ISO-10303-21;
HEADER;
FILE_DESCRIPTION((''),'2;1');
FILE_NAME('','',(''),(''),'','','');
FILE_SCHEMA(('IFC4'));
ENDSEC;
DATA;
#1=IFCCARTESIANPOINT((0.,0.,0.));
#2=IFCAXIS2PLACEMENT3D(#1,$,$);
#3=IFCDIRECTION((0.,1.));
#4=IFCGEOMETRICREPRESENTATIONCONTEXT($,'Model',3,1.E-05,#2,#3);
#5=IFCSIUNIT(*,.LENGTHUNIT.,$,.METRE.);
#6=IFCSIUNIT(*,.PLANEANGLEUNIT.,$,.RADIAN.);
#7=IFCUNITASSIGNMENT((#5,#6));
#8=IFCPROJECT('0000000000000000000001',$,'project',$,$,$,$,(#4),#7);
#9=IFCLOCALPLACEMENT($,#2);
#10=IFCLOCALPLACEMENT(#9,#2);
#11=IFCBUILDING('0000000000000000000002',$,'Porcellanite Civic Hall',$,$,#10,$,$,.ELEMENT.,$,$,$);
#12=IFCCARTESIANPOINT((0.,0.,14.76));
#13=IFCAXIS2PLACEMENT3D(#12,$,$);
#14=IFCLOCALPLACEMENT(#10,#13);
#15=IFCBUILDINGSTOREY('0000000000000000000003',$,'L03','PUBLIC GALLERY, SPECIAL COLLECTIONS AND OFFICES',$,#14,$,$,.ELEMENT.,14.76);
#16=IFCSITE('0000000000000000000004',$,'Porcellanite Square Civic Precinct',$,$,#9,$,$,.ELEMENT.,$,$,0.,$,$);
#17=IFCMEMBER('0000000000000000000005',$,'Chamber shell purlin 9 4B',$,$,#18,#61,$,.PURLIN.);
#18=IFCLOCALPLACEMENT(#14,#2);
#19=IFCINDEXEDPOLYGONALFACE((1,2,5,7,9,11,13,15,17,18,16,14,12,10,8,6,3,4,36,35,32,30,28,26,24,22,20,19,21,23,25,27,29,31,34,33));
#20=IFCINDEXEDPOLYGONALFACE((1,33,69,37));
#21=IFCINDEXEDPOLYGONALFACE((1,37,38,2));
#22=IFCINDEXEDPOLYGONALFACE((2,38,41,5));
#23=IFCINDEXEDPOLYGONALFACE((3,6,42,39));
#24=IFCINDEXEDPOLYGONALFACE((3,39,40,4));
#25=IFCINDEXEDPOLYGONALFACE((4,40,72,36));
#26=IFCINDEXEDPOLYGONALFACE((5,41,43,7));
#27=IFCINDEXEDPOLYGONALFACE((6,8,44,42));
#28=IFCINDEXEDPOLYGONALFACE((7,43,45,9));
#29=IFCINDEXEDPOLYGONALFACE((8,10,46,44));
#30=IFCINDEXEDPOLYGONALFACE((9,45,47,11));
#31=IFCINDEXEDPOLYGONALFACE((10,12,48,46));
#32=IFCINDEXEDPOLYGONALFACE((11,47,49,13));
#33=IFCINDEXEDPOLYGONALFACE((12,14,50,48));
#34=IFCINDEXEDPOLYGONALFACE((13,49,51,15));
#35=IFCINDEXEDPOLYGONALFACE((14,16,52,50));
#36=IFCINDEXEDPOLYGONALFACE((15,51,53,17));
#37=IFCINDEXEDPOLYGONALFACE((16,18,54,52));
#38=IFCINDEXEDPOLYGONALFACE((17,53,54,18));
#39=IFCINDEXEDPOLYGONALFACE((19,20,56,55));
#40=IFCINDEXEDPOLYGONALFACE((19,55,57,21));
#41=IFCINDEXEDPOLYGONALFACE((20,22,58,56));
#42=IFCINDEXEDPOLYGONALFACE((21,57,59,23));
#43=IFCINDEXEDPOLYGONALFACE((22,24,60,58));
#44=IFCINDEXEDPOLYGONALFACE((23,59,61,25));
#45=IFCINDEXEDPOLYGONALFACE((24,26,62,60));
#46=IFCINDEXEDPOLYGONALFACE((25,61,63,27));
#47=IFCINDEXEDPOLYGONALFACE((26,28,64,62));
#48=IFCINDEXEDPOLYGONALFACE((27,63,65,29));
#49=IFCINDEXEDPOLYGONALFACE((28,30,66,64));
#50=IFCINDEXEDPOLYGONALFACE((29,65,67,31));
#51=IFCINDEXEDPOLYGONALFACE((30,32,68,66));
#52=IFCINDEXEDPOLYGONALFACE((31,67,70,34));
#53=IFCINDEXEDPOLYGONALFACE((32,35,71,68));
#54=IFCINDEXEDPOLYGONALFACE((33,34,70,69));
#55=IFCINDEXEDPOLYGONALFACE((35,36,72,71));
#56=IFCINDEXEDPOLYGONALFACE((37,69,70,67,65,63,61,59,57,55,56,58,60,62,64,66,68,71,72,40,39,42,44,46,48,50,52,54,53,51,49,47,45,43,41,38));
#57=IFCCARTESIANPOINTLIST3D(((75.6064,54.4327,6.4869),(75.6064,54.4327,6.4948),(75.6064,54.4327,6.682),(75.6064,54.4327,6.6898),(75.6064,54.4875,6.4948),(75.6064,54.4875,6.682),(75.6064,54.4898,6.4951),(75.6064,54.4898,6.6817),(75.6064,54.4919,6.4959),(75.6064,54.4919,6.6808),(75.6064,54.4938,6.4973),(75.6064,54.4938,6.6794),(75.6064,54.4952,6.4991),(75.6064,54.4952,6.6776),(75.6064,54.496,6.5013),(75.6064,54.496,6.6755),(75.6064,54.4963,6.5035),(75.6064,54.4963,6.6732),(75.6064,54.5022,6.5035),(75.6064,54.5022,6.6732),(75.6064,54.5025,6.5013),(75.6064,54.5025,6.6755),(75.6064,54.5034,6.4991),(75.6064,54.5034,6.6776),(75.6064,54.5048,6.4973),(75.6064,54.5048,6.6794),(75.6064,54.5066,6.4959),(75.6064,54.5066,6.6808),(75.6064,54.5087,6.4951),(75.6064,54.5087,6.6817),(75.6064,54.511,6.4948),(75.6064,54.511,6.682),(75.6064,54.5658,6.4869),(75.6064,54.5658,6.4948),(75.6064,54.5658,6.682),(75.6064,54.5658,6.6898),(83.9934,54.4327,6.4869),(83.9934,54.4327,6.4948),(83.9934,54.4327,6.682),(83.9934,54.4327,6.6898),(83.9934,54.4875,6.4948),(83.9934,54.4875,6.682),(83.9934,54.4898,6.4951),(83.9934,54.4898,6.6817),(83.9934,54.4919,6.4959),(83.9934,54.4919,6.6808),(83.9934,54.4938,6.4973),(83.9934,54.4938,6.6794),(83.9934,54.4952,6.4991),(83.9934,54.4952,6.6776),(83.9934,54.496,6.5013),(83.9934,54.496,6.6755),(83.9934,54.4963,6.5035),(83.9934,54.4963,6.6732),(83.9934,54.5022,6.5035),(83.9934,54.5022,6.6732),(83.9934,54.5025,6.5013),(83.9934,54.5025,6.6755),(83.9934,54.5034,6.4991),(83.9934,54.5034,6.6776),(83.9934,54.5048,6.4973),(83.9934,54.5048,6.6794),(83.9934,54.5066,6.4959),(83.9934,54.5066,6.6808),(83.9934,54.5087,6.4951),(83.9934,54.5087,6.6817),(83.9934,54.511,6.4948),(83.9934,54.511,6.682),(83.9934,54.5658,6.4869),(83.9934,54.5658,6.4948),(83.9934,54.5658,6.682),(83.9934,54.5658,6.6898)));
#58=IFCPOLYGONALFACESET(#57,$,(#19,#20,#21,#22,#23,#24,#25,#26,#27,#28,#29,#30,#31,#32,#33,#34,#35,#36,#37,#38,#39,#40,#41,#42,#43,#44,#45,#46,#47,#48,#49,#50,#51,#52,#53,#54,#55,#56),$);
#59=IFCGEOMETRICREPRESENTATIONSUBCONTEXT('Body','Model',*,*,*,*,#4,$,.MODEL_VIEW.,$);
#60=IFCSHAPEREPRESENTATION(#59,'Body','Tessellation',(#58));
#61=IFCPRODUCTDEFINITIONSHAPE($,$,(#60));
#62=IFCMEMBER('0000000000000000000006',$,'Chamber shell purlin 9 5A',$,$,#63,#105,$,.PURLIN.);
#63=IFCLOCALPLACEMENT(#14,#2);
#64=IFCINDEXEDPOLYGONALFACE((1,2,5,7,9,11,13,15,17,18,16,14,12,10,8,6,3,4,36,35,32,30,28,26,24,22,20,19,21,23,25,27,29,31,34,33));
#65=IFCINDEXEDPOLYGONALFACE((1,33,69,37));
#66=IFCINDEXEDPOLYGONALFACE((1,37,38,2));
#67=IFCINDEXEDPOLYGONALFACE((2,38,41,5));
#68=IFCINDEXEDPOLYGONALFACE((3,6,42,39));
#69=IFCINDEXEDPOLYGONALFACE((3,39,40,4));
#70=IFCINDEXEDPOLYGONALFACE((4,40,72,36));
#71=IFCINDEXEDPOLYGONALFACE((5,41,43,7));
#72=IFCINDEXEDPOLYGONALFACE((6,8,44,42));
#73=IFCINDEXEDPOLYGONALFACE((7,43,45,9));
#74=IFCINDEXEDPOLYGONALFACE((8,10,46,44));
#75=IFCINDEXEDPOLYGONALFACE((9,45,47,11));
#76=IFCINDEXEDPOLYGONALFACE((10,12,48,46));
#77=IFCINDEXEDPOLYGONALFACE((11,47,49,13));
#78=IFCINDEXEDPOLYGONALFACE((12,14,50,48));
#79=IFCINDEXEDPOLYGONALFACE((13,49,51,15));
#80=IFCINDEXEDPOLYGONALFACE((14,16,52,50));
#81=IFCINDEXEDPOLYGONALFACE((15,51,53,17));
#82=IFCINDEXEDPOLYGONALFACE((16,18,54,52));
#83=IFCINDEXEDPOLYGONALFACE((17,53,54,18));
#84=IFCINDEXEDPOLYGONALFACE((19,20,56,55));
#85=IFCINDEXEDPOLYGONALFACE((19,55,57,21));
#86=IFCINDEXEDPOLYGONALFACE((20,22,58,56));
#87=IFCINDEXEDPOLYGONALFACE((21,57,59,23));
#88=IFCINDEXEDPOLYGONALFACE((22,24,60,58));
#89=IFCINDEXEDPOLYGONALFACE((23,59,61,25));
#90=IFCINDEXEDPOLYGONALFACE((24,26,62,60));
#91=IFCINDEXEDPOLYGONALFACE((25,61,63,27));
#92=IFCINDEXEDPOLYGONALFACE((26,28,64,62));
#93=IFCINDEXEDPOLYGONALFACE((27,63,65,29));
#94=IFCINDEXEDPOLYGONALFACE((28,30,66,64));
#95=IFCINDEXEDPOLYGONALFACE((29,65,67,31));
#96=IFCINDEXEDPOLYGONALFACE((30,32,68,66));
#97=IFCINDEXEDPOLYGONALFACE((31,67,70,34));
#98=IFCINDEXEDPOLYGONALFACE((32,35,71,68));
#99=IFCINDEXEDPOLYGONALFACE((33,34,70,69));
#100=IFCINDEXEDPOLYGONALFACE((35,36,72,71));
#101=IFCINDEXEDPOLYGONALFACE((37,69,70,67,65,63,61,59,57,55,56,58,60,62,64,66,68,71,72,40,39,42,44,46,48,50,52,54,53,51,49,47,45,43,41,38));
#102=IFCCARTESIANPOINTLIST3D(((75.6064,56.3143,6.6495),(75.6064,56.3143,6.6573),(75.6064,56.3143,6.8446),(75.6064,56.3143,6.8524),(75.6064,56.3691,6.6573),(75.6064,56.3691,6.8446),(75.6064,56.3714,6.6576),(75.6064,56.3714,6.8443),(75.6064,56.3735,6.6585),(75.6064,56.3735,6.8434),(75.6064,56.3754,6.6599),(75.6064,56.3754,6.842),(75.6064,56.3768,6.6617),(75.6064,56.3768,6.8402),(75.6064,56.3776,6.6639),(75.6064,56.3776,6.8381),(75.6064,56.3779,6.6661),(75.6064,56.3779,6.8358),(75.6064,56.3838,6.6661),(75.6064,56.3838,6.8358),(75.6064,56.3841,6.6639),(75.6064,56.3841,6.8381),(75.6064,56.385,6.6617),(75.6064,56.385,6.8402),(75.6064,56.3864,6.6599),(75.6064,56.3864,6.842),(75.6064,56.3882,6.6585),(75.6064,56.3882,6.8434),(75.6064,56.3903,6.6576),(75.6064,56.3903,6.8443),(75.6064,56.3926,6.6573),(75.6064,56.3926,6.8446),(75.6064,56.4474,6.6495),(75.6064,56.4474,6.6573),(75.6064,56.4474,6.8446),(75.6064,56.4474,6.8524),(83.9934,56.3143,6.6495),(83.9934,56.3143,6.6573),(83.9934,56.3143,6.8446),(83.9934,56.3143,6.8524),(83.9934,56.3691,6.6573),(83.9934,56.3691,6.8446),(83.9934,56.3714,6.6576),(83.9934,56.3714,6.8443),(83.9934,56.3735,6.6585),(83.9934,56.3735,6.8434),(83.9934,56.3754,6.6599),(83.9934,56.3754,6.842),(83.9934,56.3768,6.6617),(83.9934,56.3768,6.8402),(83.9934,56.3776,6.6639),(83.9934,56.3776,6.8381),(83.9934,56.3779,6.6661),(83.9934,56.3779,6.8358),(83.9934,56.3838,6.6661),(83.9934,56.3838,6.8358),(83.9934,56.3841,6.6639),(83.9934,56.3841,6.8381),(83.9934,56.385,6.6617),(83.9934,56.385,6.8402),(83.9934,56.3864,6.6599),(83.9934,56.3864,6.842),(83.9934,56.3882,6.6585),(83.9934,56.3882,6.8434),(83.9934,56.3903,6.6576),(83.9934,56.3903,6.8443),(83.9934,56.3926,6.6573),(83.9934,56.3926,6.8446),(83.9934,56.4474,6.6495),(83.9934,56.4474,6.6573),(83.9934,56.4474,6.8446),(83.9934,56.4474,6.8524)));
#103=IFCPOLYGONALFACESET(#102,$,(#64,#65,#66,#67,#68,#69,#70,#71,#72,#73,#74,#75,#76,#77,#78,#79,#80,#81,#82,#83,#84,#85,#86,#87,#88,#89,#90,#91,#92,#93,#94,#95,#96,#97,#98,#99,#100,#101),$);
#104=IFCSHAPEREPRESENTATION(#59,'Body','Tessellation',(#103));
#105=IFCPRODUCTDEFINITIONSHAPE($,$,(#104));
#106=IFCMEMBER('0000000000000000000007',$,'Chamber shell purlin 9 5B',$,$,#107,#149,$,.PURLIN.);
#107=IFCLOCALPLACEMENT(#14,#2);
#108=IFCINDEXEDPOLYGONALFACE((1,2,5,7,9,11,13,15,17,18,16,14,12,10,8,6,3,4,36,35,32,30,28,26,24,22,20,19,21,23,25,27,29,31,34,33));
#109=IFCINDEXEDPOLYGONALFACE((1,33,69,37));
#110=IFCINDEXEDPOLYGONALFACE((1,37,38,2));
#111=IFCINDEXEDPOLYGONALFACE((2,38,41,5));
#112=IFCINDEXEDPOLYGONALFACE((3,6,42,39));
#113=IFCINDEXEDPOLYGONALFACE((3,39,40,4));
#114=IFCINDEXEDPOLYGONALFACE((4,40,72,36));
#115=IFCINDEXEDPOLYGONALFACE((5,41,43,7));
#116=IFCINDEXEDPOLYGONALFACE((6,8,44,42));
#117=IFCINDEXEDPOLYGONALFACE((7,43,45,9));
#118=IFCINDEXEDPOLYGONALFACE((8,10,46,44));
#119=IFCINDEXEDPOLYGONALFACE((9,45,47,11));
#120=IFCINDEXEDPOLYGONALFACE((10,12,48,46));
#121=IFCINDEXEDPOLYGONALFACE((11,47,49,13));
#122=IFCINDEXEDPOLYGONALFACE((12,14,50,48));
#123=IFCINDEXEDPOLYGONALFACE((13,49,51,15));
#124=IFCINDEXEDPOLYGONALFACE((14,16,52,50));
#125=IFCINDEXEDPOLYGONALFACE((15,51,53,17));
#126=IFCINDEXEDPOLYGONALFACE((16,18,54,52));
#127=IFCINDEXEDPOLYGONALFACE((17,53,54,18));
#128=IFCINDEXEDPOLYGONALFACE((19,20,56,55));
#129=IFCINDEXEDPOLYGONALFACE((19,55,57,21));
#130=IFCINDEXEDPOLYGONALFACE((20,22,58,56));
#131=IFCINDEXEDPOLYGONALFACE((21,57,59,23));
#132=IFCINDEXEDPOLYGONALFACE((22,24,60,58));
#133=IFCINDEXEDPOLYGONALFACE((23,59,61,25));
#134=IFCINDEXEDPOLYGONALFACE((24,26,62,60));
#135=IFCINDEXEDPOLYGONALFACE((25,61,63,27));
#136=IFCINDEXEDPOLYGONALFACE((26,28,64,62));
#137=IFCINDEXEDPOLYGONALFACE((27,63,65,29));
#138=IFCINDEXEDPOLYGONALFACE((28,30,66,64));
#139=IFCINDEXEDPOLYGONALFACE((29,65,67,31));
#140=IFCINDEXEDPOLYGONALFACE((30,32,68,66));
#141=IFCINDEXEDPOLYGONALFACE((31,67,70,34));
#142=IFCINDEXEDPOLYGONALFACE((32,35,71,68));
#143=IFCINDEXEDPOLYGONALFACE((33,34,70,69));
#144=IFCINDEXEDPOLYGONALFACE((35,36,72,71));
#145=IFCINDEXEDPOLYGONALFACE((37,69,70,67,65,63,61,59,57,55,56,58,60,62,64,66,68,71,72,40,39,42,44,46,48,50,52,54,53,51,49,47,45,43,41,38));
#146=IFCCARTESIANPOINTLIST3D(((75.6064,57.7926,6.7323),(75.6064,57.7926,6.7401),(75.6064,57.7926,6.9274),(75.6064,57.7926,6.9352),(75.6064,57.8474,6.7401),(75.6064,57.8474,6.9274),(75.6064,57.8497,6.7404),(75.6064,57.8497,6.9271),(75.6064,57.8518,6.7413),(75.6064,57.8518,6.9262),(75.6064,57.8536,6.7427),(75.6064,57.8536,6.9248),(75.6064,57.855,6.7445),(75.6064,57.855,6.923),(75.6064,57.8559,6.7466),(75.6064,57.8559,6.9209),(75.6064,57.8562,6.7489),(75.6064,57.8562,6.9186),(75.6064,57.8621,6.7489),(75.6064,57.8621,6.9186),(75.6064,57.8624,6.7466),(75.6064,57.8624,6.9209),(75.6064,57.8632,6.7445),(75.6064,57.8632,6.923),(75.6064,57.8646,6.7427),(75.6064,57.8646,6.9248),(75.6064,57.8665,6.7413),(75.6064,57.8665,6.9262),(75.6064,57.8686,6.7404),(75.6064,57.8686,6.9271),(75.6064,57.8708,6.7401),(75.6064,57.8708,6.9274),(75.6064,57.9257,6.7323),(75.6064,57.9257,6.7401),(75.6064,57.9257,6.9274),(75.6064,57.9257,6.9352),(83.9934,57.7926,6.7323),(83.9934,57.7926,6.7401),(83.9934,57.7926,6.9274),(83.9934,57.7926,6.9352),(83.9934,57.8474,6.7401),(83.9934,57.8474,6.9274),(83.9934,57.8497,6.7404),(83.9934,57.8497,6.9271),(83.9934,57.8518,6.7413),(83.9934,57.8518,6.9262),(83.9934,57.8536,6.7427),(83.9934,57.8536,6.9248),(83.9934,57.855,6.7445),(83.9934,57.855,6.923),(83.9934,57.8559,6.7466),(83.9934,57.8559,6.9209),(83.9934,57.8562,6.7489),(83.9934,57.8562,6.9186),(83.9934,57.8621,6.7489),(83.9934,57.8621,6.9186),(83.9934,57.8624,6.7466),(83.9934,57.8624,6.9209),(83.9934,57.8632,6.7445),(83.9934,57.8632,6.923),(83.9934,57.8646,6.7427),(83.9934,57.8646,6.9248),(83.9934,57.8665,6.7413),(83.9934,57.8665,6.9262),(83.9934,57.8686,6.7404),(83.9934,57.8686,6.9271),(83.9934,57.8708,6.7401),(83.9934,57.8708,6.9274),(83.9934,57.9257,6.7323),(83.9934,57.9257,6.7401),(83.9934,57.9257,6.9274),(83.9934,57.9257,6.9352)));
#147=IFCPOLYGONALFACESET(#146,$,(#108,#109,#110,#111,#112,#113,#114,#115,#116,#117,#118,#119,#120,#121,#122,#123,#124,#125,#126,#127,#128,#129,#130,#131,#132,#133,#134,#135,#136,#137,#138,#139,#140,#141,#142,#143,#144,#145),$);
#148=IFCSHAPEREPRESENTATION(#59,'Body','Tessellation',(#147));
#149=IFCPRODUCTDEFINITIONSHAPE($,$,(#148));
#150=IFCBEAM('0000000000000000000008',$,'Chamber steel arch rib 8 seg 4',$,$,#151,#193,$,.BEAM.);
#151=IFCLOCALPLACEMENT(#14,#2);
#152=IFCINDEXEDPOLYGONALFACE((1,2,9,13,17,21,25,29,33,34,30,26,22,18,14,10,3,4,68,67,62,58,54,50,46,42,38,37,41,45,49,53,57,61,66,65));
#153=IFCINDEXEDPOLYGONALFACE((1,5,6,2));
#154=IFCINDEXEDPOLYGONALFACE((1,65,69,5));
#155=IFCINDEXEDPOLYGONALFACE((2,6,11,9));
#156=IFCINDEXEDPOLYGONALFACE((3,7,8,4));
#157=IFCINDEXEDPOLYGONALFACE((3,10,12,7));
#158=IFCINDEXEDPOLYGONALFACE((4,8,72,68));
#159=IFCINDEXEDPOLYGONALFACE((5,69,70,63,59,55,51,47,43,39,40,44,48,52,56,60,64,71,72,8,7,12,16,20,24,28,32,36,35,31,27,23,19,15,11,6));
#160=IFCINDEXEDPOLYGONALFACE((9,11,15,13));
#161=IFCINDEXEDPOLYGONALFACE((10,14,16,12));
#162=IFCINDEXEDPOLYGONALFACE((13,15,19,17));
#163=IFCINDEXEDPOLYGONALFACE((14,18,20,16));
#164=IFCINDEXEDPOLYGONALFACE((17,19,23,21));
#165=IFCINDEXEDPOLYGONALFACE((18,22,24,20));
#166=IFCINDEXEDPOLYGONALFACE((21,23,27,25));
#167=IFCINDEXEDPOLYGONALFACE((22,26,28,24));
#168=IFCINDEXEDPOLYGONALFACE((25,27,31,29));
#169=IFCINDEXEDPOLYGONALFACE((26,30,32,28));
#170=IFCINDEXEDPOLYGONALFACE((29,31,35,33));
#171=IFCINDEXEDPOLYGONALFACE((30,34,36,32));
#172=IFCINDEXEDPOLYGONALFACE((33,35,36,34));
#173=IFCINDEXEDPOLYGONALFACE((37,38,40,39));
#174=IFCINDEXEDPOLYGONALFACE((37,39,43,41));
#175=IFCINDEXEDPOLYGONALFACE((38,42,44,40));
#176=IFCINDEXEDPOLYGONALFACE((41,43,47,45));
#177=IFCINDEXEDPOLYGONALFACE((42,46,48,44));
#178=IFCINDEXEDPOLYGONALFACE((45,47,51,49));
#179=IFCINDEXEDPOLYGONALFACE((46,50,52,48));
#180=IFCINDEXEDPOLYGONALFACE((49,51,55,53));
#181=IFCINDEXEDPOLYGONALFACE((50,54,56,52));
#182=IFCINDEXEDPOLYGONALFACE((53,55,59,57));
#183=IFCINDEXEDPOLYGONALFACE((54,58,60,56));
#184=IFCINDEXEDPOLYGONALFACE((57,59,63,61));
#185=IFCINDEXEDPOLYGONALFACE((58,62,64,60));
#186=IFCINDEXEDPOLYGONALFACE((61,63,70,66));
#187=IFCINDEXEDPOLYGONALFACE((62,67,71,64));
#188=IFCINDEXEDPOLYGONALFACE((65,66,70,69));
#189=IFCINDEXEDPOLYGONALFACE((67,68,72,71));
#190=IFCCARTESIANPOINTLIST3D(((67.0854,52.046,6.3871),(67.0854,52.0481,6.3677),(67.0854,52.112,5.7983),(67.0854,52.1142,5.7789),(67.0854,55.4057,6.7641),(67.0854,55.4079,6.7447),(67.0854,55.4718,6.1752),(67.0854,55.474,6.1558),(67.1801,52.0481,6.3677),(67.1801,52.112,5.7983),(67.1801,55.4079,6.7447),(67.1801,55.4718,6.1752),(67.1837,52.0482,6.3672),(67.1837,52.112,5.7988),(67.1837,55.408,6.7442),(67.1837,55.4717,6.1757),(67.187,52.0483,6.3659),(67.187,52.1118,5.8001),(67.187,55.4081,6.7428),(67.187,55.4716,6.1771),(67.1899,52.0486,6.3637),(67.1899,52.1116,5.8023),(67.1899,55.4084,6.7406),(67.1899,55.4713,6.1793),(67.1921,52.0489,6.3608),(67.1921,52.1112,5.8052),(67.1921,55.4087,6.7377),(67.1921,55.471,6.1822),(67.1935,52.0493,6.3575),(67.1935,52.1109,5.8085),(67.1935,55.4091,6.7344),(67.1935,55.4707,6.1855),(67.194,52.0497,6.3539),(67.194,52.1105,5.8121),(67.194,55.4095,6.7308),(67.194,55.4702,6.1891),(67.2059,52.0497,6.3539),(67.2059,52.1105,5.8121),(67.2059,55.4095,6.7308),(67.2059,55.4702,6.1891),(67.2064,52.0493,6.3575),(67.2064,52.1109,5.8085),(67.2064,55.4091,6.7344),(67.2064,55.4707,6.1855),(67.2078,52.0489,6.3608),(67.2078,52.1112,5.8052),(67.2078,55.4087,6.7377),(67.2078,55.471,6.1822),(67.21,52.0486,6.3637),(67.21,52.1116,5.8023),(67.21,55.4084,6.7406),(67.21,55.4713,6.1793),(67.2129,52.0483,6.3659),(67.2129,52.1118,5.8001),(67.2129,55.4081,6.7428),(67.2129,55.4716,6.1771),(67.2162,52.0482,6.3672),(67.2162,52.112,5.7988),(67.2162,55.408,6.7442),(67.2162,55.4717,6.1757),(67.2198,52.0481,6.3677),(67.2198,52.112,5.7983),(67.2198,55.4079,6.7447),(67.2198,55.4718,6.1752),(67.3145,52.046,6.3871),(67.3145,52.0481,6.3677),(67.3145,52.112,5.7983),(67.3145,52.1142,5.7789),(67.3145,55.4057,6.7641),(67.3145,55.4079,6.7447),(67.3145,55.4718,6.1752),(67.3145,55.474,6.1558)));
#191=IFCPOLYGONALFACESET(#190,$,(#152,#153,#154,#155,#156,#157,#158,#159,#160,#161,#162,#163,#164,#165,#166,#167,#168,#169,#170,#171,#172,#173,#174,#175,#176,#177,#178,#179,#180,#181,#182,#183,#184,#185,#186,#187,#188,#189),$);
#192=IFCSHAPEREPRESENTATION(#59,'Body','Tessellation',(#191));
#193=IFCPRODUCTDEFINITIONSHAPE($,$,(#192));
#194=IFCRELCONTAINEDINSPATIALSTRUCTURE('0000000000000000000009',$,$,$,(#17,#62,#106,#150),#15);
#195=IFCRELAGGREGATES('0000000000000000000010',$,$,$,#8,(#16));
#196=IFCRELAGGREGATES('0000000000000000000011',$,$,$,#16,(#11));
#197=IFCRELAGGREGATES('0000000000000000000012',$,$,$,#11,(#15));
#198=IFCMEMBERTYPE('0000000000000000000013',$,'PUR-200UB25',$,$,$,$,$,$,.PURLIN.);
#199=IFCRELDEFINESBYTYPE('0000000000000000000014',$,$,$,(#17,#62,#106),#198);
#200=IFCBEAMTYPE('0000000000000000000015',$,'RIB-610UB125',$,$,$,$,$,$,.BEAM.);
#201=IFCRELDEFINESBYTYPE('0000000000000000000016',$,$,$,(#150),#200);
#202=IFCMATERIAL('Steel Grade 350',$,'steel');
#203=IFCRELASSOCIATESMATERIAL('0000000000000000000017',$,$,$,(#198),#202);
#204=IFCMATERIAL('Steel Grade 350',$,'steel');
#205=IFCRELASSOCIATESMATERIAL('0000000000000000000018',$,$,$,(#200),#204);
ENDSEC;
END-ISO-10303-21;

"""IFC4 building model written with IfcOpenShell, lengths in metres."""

from ifc_helpers import new_model, si_unit, direction, frame, origin, origin_2d, place, context, subcontext, project, spatial, i_section, extrude, material, material_profile, profile_set, type_object, element, save


model = new_model("IFC4")

# Units and contexts
model_context = context("Model", 3, precision=1e-05, world=origin(), true_north=direction((0.0, 1.0)))
body_context = subcontext(model_context, "Body", "Model", "MODEL_VIEW")
ifc_project = project(units=[si_unit("LENGTHUNIT", "METRE"), si_unit("PLANEANGLEUNIT", "RADIAN")], contexts=[model_context])

# Site, building, storey
site_placement = place(None, origin())
site = spatial("IfcSite", under=ifc_project, at=site_placement, Name="Porcellanite Square Civic Precinct", CompositionType="ELEMENT", RefElevation=0.0)
building_placement = place(site_placement, origin())
building = spatial("IfcBuilding", under=site, at=building_placement, Name="Porcellanite Civic Hall", CompositionType="ELEMENT")
storey_placement = place(building_placement, frame((0.0, 0.0, 14.76)))
storey = spatial("IfcBuildingStorey", under=building, at=storey_placement, Name="L03", Description="PUBLIC GALLERY, SPECIAL COLLECTIONS AND OFFICES", CompositionType="ELEMENT", Elevation=14.76)

# Members
ifc_material_1 = material(Name="Steel Grade 350", Category="steel")
ifc_material_profile_1 = material_profile(ifc_material_1, i_section(OverallWidth=0.1331, OverallDepth=0.2029, WebThickness=0.0059, FlangeThickness=0.0078, FilletRadius=0.0088, at=origin_2d()), Name="200UB25.4")
ifc_profile_set_1 = profile_set([ifc_material_profile_1], Name="Steel Grade 350")
member_type_1 = type_object("IfcMemberType", Name="PUR-200UB25", PredefinedType="PURLIN", material=ifc_profile_set_1)
for number, where, z_axis, x_axis, name in (
    (1, (75.6064, 54.4993, 6.5884), (1.0, 0.0, 0.0), (0.0, 1.0, 0.0), "Chamber shell purlin 9 4B"),
    (2, (75.6064, 56.3809, 6.751), (1.0, 0.0, 0.0), (0.0, 1.0, 0.0), "Chamber shell purlin 9 5A"),
    (3, (75.6064, 57.8591, 6.8337), (1.0, 0.0, 0.0), (0.0, 1.0, 0.0), "Chamber shell purlin 9 5B"),
):
    element("IfcMember", number, at=place(storey_placement, frame(where, z_axis=z_axis, x_axis=x_axis)), inside=storey, type_object=member_type_1, Name=name, PredefinedType="PURLIN", context=body_context, shape_type="SweptSolid", body=[
        extrude(i_section(OverallWidth=0.1331, OverallDepth=0.2029, WebThickness=0.0059, FlangeThickness=0.0078, FilletRadius=0.0088, at=origin_2d()), origin(), (0.0, 0.0, 1.0), 8.387),
    ])

# Beam
ifc_material_2 = material(Name="Steel Grade 350", Category="steel")
ifc_material_profile_2 = material_profile(ifc_material_2, i_section(OverallWidth=0.229, OverallDepth=0.6121, WebThickness=0.012, FlangeThickness=0.0195, FilletRadius=0.0139, at=origin_2d()), Name="610UB125")
ifc_profile_set_2 = profile_set([ifc_material_profile_2], Name="Steel Grade 350")
beam_type = type_object("IfcBeamType", Name="RIB-610UB125", PredefinedType="BEAM", material=ifc_profile_set_2)
beam_1_placement = place(storey_placement, frame((67.2, 52.0801, 6.083), z_axis=(0.0, 0.993765, 0.111493), x_axis=(-1.0, 0.0, 0.0)))
element("IfcBeam", 4, at=beam_1_placement, inside=storey, type_object=beam_type, Name="Chamber steel arch rib 8 seg 4", PredefinedType="BEAM", context=body_context, shape_type="SweptSolid", body=[
    extrude(i_section(OverallWidth=0.229, OverallDepth=0.6121, WebThickness=0.012, FlangeThickness=0.0195, FilletRadius=0.0139, at=origin_2d()), origin(), (0.0, 0.0, 1.0), 3.3809),
])

save(model, "model.ifc")
